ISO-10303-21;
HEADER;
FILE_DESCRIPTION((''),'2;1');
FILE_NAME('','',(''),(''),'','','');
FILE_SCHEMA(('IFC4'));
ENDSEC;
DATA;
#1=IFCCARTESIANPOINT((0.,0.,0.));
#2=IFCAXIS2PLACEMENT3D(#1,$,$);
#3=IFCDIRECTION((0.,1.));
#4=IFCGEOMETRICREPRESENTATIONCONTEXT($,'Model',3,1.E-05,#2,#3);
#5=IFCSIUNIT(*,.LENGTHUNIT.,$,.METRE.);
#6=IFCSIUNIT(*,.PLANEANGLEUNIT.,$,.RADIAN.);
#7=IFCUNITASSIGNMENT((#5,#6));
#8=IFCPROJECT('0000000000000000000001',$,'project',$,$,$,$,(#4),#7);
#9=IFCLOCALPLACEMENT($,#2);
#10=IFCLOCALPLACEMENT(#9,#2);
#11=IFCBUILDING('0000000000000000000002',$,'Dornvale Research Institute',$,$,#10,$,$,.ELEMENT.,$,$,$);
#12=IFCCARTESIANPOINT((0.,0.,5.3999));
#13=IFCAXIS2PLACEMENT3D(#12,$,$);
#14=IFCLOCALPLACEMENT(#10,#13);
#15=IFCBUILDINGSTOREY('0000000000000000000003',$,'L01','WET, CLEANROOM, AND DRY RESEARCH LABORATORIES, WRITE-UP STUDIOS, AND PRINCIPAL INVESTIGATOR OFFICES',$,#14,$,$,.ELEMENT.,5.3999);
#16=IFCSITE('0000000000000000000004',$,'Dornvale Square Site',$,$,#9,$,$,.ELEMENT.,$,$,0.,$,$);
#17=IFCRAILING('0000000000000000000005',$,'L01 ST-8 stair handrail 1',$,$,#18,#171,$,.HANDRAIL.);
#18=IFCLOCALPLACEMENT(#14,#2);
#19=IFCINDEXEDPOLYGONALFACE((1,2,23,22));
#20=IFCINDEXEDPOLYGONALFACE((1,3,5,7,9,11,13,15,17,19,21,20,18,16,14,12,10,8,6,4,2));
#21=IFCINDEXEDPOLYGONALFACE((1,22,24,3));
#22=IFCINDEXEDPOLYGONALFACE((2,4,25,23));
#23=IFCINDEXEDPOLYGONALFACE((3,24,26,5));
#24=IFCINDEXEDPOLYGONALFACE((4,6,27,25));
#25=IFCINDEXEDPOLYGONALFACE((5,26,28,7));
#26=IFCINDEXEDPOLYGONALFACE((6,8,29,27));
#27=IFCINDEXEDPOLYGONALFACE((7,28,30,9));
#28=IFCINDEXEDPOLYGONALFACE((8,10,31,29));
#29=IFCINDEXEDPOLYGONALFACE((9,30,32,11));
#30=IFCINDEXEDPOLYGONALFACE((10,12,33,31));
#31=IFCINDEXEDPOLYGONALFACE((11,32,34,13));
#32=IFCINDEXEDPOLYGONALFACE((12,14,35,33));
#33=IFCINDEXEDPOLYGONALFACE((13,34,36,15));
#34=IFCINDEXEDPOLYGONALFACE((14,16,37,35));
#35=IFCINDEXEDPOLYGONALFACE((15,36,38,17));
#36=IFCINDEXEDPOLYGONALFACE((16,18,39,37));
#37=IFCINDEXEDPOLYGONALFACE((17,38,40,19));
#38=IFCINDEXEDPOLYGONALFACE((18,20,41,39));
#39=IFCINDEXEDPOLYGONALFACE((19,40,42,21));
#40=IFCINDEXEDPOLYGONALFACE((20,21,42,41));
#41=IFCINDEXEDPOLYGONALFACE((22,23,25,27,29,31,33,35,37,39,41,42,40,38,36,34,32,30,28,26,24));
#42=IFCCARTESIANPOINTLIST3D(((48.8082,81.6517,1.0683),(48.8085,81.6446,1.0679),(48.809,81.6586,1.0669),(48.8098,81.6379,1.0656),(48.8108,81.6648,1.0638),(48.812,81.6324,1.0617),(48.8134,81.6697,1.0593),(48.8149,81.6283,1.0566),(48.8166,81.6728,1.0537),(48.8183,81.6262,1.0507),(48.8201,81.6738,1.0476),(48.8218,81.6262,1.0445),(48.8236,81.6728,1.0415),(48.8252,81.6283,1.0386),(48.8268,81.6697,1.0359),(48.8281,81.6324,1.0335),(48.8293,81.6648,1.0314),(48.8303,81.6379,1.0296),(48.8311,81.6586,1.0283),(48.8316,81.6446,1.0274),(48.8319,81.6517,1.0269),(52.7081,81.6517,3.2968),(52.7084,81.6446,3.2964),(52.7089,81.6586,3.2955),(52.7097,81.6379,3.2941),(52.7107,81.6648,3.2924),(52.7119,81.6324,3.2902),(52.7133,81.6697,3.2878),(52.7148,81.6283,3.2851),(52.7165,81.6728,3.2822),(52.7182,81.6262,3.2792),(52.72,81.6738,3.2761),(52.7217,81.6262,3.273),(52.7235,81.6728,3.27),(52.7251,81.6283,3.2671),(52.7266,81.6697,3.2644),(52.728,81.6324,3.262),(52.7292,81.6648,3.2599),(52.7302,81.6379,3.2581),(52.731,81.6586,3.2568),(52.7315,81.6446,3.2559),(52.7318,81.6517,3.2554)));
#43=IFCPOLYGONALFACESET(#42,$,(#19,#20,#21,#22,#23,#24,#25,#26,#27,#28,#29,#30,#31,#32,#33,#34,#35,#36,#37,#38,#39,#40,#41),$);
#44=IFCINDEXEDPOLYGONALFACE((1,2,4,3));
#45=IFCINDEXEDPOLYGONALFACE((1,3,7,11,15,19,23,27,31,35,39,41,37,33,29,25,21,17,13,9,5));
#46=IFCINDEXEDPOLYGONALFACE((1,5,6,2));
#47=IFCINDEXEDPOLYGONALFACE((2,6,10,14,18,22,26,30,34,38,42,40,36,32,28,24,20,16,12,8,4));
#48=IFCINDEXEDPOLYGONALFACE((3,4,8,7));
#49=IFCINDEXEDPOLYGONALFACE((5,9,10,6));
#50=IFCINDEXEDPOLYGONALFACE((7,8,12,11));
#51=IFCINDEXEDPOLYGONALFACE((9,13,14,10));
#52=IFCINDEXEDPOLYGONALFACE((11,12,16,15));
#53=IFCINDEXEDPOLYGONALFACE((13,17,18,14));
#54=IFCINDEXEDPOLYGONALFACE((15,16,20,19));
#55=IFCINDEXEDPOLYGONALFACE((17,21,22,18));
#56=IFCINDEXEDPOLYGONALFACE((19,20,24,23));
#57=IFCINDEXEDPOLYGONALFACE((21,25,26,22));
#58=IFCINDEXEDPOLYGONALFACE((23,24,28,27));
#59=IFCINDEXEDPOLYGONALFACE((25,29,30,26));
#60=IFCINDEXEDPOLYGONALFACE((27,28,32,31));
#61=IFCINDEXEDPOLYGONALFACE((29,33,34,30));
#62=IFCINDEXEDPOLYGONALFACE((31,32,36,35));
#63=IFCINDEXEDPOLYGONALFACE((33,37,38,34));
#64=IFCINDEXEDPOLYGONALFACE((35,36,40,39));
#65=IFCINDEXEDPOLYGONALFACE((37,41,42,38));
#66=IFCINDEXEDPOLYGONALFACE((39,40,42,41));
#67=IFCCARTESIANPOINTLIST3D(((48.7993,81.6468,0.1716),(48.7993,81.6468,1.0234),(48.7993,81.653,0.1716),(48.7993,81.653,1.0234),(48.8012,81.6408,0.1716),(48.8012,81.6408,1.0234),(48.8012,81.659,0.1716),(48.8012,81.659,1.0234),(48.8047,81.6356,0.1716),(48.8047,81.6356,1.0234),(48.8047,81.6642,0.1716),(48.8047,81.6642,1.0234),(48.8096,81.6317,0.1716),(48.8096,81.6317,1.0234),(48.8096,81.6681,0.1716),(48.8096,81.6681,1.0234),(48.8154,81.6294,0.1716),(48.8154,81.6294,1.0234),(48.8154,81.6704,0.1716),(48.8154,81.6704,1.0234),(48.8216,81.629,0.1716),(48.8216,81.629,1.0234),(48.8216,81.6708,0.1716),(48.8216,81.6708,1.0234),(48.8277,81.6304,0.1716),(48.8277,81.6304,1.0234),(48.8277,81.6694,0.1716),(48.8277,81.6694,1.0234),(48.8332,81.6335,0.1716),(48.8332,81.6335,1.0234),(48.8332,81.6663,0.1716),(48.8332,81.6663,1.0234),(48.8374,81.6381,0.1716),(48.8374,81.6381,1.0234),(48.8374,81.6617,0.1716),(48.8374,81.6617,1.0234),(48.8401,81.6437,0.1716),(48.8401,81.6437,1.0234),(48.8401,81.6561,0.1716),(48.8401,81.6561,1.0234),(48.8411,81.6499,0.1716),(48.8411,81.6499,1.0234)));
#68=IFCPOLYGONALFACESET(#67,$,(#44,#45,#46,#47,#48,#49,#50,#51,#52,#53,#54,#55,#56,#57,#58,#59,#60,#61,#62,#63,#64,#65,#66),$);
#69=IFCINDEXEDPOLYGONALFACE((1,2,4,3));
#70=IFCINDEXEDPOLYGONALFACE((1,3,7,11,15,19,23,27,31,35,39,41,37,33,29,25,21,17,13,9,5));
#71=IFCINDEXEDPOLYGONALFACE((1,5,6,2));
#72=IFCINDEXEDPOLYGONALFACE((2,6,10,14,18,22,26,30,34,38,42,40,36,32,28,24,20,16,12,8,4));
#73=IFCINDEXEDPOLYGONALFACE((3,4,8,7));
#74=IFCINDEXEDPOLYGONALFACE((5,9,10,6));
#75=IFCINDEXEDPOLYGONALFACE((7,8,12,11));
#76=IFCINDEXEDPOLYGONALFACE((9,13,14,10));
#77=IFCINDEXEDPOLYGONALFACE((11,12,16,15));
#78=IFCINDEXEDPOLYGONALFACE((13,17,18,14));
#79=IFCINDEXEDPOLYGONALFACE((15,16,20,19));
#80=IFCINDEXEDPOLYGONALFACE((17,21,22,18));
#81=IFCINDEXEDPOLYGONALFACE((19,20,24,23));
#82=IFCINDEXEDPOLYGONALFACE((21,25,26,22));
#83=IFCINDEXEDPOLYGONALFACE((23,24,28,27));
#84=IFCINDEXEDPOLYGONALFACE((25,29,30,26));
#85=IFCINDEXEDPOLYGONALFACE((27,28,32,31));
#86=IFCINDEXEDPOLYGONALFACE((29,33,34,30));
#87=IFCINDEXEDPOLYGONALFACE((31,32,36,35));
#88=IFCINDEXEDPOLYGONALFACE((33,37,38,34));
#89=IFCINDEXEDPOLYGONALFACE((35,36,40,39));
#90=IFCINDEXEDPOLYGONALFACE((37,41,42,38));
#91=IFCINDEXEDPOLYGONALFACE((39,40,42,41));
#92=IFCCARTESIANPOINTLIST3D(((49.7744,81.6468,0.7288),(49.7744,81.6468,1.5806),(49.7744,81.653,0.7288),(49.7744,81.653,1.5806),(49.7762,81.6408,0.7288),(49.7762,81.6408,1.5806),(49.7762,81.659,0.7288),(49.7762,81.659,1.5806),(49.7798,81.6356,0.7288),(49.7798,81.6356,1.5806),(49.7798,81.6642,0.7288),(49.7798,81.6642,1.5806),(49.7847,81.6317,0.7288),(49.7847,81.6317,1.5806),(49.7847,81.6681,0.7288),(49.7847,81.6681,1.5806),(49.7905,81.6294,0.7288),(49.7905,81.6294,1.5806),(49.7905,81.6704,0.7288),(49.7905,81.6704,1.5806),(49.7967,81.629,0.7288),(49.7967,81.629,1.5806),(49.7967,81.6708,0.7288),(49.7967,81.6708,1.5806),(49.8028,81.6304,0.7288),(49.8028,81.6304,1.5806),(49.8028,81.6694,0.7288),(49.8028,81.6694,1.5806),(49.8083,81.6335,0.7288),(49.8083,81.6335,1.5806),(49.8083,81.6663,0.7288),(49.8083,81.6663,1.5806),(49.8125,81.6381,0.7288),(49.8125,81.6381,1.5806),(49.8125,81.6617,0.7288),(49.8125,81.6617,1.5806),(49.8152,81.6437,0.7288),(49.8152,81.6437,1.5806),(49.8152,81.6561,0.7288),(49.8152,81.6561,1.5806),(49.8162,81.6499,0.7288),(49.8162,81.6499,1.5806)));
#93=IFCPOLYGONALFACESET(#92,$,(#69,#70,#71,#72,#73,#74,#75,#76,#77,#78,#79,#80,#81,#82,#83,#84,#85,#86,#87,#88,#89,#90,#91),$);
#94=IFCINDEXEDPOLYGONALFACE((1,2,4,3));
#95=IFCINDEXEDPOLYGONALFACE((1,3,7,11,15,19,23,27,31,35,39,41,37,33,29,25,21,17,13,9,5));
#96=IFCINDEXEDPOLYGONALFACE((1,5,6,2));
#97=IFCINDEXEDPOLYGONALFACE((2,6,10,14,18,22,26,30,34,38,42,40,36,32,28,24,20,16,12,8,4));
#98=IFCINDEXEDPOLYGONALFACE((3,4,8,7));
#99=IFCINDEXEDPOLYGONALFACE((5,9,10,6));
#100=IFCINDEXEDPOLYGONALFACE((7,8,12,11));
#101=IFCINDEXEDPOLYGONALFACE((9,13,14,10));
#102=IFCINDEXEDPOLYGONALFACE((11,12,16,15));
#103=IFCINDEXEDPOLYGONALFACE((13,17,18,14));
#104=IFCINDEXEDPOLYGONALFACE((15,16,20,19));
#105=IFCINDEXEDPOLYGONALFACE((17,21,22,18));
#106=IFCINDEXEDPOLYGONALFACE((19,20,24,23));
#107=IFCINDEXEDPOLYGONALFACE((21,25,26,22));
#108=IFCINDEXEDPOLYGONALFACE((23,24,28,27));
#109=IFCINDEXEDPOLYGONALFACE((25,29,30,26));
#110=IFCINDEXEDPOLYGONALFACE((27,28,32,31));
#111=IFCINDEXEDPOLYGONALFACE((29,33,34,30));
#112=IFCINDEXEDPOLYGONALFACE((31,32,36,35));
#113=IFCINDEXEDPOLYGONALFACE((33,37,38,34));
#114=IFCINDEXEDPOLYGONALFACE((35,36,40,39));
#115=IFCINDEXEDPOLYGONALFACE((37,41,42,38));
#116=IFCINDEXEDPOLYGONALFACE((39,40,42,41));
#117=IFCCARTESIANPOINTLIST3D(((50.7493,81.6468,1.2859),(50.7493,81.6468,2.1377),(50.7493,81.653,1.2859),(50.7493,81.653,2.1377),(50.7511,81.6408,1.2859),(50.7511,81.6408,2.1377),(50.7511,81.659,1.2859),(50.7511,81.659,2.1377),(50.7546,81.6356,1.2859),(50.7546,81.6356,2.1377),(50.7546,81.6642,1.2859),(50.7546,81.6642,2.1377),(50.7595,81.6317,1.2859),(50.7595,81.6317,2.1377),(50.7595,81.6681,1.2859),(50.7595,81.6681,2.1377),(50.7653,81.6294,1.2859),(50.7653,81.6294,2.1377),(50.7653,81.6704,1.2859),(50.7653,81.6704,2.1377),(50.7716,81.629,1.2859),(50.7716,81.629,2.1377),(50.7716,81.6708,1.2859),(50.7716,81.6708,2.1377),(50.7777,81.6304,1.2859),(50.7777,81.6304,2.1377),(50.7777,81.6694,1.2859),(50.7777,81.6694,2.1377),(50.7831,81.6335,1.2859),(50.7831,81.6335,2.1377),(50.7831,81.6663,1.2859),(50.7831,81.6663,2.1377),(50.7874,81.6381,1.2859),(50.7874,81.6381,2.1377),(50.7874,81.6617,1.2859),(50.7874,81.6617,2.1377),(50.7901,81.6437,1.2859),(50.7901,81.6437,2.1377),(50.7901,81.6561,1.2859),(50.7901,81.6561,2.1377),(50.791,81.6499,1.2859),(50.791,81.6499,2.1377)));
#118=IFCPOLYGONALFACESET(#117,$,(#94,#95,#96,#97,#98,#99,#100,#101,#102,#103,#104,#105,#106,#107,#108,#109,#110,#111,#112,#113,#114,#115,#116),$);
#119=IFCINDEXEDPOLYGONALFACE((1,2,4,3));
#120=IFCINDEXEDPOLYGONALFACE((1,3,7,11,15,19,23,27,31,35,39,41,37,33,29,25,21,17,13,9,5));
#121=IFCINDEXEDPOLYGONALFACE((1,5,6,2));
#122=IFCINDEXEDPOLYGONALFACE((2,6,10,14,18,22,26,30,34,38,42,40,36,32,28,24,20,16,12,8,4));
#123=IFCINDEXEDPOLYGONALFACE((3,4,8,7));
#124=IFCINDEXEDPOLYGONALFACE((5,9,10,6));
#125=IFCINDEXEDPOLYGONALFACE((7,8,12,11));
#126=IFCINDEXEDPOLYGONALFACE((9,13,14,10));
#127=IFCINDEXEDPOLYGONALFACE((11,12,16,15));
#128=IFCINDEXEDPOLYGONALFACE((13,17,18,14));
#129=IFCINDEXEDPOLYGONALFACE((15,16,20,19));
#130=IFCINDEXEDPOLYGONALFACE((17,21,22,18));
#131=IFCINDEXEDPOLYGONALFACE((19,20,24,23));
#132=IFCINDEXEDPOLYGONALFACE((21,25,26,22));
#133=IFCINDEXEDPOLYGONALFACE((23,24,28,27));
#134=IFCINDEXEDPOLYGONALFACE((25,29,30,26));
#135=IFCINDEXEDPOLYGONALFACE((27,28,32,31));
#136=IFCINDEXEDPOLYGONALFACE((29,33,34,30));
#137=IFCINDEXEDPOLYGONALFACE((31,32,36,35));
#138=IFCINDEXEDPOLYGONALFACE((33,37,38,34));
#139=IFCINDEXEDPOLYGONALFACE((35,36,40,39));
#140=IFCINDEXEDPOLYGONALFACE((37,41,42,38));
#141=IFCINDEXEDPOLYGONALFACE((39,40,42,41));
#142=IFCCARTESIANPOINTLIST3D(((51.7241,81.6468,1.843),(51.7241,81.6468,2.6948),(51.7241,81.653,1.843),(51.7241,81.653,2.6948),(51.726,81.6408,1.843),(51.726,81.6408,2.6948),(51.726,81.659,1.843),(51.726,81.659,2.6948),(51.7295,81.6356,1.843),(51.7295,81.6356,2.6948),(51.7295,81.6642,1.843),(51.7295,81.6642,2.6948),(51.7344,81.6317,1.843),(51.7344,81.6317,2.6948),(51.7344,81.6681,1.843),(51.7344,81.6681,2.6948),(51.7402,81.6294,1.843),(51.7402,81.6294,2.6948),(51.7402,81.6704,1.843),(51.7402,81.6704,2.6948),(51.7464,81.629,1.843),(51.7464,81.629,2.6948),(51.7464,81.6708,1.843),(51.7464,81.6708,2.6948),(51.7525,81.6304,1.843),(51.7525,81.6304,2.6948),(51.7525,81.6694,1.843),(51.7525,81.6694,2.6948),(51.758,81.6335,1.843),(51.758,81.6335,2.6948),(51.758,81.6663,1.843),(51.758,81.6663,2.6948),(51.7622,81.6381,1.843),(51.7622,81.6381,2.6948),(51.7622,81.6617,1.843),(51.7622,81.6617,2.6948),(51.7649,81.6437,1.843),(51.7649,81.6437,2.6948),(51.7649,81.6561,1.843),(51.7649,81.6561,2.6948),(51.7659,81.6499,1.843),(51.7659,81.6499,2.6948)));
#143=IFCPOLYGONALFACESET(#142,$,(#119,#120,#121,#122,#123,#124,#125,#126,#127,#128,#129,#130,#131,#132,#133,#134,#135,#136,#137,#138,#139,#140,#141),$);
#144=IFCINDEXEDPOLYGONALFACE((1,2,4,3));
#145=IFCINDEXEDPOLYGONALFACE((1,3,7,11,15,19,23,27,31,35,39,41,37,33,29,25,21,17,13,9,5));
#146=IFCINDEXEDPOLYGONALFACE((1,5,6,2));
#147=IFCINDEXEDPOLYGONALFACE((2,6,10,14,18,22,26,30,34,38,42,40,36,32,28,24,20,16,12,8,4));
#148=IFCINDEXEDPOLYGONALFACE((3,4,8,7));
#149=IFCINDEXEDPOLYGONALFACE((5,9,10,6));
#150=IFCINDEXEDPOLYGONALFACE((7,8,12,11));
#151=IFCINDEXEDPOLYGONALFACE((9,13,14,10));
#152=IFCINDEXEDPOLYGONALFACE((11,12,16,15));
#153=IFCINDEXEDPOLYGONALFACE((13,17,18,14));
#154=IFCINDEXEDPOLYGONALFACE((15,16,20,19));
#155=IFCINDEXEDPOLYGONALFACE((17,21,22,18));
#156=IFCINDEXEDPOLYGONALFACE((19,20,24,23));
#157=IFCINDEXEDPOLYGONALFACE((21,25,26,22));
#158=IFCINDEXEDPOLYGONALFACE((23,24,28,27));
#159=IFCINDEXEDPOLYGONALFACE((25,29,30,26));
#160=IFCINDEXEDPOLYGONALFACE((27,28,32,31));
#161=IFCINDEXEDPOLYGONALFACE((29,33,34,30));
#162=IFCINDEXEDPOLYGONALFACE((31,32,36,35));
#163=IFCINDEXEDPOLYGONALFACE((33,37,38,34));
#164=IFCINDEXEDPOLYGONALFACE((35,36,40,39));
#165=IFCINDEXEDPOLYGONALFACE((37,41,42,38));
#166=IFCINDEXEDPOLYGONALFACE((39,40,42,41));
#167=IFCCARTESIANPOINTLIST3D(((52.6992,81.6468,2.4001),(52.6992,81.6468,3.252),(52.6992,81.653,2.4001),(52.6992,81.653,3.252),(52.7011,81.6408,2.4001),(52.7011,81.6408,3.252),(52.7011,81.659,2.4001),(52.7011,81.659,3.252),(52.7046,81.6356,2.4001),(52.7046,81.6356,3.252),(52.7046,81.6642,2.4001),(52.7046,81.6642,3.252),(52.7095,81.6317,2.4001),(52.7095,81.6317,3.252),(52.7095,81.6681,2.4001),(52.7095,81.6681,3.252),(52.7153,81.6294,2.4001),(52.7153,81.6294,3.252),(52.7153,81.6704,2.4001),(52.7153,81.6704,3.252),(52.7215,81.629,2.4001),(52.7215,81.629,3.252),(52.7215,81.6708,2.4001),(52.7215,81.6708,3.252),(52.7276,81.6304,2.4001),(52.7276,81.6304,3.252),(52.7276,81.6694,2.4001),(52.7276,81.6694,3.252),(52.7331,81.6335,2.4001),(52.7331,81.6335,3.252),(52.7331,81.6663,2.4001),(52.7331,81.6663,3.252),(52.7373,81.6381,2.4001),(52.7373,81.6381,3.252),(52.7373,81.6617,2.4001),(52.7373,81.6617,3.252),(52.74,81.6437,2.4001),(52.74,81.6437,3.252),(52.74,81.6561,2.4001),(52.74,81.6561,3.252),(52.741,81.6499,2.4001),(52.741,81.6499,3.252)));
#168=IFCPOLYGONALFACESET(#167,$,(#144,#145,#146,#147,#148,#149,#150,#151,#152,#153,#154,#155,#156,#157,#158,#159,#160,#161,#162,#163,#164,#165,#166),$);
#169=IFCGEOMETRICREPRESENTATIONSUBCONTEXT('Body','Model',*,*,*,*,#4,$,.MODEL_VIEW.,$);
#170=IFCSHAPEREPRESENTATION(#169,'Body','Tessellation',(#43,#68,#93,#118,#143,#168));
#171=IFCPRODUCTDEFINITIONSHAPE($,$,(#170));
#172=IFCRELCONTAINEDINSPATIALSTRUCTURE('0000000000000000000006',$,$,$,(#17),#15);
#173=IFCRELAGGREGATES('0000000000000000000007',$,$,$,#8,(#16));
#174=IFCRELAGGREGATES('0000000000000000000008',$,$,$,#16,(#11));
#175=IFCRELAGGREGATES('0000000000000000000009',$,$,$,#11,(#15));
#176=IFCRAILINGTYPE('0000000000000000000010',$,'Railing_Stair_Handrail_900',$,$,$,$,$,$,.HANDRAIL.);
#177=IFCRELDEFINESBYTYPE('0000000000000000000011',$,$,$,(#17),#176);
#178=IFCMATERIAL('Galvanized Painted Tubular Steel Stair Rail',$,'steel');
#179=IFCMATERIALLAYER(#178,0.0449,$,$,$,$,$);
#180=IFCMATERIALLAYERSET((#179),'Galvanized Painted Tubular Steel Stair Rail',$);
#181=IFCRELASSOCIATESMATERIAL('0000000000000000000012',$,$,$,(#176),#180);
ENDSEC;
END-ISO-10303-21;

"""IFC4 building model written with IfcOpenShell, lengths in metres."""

from ifc_helpers import new_model, si_unit, direction, frame, origin, origin_2d, place, context, subcontext, project, spatial, circle, extrude, material, layer, layer_set, type_object, element, save


model = new_model("IFC4")

# Units and contexts
model_context = context("Model", 3, precision=1e-05, world=origin(), true_north=direction((0.0, 1.0)))
body_context = subcontext(model_context, "Body", "Model", "MODEL_VIEW")
ifc_project = project(units=[si_unit("LENGTHUNIT", "METRE"), si_unit("PLANEANGLEUNIT", "RADIAN")], contexts=[model_context])

# Site, building, storey
site_placement = place(None, origin())
site = spatial("IfcSite", under=ifc_project, at=site_placement, Name="Dornvale Square Site", CompositionType="ELEMENT", RefElevation=0.0)
building_placement = place(site_placement, origin())
building = spatial("IfcBuilding", under=site, at=building_placement, Name="Dornvale Research Institute", CompositionType="ELEMENT")
storey_placement = place(building_placement, frame((0.0, 0.0, 5.3999)))
storey = spatial("IfcBuildingStorey", under=building, at=storey_placement, Name="L01", Description="WET, CLEANROOM, AND DRY RESEARCH LABORATORIES, WRITE-UP STUDIOS, AND PRINCIPAL INVESTIGATOR OFFICES", CompositionType="ELEMENT", Elevation=5.3999)

# Railing
ifc_material_1 = material(Name="Galvanized Painted Tubular Steel Stair Rail", Category="steel")
ifc_layer_1 = layer(ifc_material_1, 0.0449)
ifc_layer_set_1 = layer_set([ifc_layer_1], Name="Galvanized Painted Tubular Steel Stair Rail")
railing_type_1 = type_object("IfcRailingType", Name="Railing_Stair_Handrail_900", PredefinedType="HANDRAIL", material=ifc_layer_set_1)
railing_1_placement = place(storey_placement, frame((48.8201, 81.6499, 0.1716)))
element("IfcRailing", 1, at=railing_1_placement, inside=storey, type_object=railing_type_1, Name="L01 ST-8 stair handrail 1", PredefinedType="HANDRAIL", context=body_context, shape_type="SweptSolid", body=[
    extrude(circle(Radius=0.0239, at=origin_2d()), frame((0.0, 0.0, 0.876), z_axis=(0.868243, 0.0, 0.496139), x_axis=(0.0, 1.0, 0.0)), (0.0, 0.0, 1.0), 4.4917),
    extrude(circle(Radius=0.021, at=origin_2d()), origin(), (0.0, 0.0, 1.0), 0.8518),
    extrude(circle(Radius=0.021, at=origin_2d()), frame((0.9751, 0.0, 0.5571)), (0.0, 0.0, 1.0), 0.8518),
    extrude(circle(Radius=0.021, at=origin_2d()), frame((1.95, 0.0, 1.1143)), (0.0, 0.0, 1.0), 0.8518),
    extrude(circle(Radius=0.021, at=origin_2d()), frame((2.9248, 0.0, 1.6714)), (0.0, 0.0, 1.0), 0.8518),
    extrude(circle(Radius=0.021, at=origin_2d()), frame((3.8999, 0.0, 2.2285)), (0.0, 0.0, 1.0), 0.8518),
])

save(model, "model.ifc")
